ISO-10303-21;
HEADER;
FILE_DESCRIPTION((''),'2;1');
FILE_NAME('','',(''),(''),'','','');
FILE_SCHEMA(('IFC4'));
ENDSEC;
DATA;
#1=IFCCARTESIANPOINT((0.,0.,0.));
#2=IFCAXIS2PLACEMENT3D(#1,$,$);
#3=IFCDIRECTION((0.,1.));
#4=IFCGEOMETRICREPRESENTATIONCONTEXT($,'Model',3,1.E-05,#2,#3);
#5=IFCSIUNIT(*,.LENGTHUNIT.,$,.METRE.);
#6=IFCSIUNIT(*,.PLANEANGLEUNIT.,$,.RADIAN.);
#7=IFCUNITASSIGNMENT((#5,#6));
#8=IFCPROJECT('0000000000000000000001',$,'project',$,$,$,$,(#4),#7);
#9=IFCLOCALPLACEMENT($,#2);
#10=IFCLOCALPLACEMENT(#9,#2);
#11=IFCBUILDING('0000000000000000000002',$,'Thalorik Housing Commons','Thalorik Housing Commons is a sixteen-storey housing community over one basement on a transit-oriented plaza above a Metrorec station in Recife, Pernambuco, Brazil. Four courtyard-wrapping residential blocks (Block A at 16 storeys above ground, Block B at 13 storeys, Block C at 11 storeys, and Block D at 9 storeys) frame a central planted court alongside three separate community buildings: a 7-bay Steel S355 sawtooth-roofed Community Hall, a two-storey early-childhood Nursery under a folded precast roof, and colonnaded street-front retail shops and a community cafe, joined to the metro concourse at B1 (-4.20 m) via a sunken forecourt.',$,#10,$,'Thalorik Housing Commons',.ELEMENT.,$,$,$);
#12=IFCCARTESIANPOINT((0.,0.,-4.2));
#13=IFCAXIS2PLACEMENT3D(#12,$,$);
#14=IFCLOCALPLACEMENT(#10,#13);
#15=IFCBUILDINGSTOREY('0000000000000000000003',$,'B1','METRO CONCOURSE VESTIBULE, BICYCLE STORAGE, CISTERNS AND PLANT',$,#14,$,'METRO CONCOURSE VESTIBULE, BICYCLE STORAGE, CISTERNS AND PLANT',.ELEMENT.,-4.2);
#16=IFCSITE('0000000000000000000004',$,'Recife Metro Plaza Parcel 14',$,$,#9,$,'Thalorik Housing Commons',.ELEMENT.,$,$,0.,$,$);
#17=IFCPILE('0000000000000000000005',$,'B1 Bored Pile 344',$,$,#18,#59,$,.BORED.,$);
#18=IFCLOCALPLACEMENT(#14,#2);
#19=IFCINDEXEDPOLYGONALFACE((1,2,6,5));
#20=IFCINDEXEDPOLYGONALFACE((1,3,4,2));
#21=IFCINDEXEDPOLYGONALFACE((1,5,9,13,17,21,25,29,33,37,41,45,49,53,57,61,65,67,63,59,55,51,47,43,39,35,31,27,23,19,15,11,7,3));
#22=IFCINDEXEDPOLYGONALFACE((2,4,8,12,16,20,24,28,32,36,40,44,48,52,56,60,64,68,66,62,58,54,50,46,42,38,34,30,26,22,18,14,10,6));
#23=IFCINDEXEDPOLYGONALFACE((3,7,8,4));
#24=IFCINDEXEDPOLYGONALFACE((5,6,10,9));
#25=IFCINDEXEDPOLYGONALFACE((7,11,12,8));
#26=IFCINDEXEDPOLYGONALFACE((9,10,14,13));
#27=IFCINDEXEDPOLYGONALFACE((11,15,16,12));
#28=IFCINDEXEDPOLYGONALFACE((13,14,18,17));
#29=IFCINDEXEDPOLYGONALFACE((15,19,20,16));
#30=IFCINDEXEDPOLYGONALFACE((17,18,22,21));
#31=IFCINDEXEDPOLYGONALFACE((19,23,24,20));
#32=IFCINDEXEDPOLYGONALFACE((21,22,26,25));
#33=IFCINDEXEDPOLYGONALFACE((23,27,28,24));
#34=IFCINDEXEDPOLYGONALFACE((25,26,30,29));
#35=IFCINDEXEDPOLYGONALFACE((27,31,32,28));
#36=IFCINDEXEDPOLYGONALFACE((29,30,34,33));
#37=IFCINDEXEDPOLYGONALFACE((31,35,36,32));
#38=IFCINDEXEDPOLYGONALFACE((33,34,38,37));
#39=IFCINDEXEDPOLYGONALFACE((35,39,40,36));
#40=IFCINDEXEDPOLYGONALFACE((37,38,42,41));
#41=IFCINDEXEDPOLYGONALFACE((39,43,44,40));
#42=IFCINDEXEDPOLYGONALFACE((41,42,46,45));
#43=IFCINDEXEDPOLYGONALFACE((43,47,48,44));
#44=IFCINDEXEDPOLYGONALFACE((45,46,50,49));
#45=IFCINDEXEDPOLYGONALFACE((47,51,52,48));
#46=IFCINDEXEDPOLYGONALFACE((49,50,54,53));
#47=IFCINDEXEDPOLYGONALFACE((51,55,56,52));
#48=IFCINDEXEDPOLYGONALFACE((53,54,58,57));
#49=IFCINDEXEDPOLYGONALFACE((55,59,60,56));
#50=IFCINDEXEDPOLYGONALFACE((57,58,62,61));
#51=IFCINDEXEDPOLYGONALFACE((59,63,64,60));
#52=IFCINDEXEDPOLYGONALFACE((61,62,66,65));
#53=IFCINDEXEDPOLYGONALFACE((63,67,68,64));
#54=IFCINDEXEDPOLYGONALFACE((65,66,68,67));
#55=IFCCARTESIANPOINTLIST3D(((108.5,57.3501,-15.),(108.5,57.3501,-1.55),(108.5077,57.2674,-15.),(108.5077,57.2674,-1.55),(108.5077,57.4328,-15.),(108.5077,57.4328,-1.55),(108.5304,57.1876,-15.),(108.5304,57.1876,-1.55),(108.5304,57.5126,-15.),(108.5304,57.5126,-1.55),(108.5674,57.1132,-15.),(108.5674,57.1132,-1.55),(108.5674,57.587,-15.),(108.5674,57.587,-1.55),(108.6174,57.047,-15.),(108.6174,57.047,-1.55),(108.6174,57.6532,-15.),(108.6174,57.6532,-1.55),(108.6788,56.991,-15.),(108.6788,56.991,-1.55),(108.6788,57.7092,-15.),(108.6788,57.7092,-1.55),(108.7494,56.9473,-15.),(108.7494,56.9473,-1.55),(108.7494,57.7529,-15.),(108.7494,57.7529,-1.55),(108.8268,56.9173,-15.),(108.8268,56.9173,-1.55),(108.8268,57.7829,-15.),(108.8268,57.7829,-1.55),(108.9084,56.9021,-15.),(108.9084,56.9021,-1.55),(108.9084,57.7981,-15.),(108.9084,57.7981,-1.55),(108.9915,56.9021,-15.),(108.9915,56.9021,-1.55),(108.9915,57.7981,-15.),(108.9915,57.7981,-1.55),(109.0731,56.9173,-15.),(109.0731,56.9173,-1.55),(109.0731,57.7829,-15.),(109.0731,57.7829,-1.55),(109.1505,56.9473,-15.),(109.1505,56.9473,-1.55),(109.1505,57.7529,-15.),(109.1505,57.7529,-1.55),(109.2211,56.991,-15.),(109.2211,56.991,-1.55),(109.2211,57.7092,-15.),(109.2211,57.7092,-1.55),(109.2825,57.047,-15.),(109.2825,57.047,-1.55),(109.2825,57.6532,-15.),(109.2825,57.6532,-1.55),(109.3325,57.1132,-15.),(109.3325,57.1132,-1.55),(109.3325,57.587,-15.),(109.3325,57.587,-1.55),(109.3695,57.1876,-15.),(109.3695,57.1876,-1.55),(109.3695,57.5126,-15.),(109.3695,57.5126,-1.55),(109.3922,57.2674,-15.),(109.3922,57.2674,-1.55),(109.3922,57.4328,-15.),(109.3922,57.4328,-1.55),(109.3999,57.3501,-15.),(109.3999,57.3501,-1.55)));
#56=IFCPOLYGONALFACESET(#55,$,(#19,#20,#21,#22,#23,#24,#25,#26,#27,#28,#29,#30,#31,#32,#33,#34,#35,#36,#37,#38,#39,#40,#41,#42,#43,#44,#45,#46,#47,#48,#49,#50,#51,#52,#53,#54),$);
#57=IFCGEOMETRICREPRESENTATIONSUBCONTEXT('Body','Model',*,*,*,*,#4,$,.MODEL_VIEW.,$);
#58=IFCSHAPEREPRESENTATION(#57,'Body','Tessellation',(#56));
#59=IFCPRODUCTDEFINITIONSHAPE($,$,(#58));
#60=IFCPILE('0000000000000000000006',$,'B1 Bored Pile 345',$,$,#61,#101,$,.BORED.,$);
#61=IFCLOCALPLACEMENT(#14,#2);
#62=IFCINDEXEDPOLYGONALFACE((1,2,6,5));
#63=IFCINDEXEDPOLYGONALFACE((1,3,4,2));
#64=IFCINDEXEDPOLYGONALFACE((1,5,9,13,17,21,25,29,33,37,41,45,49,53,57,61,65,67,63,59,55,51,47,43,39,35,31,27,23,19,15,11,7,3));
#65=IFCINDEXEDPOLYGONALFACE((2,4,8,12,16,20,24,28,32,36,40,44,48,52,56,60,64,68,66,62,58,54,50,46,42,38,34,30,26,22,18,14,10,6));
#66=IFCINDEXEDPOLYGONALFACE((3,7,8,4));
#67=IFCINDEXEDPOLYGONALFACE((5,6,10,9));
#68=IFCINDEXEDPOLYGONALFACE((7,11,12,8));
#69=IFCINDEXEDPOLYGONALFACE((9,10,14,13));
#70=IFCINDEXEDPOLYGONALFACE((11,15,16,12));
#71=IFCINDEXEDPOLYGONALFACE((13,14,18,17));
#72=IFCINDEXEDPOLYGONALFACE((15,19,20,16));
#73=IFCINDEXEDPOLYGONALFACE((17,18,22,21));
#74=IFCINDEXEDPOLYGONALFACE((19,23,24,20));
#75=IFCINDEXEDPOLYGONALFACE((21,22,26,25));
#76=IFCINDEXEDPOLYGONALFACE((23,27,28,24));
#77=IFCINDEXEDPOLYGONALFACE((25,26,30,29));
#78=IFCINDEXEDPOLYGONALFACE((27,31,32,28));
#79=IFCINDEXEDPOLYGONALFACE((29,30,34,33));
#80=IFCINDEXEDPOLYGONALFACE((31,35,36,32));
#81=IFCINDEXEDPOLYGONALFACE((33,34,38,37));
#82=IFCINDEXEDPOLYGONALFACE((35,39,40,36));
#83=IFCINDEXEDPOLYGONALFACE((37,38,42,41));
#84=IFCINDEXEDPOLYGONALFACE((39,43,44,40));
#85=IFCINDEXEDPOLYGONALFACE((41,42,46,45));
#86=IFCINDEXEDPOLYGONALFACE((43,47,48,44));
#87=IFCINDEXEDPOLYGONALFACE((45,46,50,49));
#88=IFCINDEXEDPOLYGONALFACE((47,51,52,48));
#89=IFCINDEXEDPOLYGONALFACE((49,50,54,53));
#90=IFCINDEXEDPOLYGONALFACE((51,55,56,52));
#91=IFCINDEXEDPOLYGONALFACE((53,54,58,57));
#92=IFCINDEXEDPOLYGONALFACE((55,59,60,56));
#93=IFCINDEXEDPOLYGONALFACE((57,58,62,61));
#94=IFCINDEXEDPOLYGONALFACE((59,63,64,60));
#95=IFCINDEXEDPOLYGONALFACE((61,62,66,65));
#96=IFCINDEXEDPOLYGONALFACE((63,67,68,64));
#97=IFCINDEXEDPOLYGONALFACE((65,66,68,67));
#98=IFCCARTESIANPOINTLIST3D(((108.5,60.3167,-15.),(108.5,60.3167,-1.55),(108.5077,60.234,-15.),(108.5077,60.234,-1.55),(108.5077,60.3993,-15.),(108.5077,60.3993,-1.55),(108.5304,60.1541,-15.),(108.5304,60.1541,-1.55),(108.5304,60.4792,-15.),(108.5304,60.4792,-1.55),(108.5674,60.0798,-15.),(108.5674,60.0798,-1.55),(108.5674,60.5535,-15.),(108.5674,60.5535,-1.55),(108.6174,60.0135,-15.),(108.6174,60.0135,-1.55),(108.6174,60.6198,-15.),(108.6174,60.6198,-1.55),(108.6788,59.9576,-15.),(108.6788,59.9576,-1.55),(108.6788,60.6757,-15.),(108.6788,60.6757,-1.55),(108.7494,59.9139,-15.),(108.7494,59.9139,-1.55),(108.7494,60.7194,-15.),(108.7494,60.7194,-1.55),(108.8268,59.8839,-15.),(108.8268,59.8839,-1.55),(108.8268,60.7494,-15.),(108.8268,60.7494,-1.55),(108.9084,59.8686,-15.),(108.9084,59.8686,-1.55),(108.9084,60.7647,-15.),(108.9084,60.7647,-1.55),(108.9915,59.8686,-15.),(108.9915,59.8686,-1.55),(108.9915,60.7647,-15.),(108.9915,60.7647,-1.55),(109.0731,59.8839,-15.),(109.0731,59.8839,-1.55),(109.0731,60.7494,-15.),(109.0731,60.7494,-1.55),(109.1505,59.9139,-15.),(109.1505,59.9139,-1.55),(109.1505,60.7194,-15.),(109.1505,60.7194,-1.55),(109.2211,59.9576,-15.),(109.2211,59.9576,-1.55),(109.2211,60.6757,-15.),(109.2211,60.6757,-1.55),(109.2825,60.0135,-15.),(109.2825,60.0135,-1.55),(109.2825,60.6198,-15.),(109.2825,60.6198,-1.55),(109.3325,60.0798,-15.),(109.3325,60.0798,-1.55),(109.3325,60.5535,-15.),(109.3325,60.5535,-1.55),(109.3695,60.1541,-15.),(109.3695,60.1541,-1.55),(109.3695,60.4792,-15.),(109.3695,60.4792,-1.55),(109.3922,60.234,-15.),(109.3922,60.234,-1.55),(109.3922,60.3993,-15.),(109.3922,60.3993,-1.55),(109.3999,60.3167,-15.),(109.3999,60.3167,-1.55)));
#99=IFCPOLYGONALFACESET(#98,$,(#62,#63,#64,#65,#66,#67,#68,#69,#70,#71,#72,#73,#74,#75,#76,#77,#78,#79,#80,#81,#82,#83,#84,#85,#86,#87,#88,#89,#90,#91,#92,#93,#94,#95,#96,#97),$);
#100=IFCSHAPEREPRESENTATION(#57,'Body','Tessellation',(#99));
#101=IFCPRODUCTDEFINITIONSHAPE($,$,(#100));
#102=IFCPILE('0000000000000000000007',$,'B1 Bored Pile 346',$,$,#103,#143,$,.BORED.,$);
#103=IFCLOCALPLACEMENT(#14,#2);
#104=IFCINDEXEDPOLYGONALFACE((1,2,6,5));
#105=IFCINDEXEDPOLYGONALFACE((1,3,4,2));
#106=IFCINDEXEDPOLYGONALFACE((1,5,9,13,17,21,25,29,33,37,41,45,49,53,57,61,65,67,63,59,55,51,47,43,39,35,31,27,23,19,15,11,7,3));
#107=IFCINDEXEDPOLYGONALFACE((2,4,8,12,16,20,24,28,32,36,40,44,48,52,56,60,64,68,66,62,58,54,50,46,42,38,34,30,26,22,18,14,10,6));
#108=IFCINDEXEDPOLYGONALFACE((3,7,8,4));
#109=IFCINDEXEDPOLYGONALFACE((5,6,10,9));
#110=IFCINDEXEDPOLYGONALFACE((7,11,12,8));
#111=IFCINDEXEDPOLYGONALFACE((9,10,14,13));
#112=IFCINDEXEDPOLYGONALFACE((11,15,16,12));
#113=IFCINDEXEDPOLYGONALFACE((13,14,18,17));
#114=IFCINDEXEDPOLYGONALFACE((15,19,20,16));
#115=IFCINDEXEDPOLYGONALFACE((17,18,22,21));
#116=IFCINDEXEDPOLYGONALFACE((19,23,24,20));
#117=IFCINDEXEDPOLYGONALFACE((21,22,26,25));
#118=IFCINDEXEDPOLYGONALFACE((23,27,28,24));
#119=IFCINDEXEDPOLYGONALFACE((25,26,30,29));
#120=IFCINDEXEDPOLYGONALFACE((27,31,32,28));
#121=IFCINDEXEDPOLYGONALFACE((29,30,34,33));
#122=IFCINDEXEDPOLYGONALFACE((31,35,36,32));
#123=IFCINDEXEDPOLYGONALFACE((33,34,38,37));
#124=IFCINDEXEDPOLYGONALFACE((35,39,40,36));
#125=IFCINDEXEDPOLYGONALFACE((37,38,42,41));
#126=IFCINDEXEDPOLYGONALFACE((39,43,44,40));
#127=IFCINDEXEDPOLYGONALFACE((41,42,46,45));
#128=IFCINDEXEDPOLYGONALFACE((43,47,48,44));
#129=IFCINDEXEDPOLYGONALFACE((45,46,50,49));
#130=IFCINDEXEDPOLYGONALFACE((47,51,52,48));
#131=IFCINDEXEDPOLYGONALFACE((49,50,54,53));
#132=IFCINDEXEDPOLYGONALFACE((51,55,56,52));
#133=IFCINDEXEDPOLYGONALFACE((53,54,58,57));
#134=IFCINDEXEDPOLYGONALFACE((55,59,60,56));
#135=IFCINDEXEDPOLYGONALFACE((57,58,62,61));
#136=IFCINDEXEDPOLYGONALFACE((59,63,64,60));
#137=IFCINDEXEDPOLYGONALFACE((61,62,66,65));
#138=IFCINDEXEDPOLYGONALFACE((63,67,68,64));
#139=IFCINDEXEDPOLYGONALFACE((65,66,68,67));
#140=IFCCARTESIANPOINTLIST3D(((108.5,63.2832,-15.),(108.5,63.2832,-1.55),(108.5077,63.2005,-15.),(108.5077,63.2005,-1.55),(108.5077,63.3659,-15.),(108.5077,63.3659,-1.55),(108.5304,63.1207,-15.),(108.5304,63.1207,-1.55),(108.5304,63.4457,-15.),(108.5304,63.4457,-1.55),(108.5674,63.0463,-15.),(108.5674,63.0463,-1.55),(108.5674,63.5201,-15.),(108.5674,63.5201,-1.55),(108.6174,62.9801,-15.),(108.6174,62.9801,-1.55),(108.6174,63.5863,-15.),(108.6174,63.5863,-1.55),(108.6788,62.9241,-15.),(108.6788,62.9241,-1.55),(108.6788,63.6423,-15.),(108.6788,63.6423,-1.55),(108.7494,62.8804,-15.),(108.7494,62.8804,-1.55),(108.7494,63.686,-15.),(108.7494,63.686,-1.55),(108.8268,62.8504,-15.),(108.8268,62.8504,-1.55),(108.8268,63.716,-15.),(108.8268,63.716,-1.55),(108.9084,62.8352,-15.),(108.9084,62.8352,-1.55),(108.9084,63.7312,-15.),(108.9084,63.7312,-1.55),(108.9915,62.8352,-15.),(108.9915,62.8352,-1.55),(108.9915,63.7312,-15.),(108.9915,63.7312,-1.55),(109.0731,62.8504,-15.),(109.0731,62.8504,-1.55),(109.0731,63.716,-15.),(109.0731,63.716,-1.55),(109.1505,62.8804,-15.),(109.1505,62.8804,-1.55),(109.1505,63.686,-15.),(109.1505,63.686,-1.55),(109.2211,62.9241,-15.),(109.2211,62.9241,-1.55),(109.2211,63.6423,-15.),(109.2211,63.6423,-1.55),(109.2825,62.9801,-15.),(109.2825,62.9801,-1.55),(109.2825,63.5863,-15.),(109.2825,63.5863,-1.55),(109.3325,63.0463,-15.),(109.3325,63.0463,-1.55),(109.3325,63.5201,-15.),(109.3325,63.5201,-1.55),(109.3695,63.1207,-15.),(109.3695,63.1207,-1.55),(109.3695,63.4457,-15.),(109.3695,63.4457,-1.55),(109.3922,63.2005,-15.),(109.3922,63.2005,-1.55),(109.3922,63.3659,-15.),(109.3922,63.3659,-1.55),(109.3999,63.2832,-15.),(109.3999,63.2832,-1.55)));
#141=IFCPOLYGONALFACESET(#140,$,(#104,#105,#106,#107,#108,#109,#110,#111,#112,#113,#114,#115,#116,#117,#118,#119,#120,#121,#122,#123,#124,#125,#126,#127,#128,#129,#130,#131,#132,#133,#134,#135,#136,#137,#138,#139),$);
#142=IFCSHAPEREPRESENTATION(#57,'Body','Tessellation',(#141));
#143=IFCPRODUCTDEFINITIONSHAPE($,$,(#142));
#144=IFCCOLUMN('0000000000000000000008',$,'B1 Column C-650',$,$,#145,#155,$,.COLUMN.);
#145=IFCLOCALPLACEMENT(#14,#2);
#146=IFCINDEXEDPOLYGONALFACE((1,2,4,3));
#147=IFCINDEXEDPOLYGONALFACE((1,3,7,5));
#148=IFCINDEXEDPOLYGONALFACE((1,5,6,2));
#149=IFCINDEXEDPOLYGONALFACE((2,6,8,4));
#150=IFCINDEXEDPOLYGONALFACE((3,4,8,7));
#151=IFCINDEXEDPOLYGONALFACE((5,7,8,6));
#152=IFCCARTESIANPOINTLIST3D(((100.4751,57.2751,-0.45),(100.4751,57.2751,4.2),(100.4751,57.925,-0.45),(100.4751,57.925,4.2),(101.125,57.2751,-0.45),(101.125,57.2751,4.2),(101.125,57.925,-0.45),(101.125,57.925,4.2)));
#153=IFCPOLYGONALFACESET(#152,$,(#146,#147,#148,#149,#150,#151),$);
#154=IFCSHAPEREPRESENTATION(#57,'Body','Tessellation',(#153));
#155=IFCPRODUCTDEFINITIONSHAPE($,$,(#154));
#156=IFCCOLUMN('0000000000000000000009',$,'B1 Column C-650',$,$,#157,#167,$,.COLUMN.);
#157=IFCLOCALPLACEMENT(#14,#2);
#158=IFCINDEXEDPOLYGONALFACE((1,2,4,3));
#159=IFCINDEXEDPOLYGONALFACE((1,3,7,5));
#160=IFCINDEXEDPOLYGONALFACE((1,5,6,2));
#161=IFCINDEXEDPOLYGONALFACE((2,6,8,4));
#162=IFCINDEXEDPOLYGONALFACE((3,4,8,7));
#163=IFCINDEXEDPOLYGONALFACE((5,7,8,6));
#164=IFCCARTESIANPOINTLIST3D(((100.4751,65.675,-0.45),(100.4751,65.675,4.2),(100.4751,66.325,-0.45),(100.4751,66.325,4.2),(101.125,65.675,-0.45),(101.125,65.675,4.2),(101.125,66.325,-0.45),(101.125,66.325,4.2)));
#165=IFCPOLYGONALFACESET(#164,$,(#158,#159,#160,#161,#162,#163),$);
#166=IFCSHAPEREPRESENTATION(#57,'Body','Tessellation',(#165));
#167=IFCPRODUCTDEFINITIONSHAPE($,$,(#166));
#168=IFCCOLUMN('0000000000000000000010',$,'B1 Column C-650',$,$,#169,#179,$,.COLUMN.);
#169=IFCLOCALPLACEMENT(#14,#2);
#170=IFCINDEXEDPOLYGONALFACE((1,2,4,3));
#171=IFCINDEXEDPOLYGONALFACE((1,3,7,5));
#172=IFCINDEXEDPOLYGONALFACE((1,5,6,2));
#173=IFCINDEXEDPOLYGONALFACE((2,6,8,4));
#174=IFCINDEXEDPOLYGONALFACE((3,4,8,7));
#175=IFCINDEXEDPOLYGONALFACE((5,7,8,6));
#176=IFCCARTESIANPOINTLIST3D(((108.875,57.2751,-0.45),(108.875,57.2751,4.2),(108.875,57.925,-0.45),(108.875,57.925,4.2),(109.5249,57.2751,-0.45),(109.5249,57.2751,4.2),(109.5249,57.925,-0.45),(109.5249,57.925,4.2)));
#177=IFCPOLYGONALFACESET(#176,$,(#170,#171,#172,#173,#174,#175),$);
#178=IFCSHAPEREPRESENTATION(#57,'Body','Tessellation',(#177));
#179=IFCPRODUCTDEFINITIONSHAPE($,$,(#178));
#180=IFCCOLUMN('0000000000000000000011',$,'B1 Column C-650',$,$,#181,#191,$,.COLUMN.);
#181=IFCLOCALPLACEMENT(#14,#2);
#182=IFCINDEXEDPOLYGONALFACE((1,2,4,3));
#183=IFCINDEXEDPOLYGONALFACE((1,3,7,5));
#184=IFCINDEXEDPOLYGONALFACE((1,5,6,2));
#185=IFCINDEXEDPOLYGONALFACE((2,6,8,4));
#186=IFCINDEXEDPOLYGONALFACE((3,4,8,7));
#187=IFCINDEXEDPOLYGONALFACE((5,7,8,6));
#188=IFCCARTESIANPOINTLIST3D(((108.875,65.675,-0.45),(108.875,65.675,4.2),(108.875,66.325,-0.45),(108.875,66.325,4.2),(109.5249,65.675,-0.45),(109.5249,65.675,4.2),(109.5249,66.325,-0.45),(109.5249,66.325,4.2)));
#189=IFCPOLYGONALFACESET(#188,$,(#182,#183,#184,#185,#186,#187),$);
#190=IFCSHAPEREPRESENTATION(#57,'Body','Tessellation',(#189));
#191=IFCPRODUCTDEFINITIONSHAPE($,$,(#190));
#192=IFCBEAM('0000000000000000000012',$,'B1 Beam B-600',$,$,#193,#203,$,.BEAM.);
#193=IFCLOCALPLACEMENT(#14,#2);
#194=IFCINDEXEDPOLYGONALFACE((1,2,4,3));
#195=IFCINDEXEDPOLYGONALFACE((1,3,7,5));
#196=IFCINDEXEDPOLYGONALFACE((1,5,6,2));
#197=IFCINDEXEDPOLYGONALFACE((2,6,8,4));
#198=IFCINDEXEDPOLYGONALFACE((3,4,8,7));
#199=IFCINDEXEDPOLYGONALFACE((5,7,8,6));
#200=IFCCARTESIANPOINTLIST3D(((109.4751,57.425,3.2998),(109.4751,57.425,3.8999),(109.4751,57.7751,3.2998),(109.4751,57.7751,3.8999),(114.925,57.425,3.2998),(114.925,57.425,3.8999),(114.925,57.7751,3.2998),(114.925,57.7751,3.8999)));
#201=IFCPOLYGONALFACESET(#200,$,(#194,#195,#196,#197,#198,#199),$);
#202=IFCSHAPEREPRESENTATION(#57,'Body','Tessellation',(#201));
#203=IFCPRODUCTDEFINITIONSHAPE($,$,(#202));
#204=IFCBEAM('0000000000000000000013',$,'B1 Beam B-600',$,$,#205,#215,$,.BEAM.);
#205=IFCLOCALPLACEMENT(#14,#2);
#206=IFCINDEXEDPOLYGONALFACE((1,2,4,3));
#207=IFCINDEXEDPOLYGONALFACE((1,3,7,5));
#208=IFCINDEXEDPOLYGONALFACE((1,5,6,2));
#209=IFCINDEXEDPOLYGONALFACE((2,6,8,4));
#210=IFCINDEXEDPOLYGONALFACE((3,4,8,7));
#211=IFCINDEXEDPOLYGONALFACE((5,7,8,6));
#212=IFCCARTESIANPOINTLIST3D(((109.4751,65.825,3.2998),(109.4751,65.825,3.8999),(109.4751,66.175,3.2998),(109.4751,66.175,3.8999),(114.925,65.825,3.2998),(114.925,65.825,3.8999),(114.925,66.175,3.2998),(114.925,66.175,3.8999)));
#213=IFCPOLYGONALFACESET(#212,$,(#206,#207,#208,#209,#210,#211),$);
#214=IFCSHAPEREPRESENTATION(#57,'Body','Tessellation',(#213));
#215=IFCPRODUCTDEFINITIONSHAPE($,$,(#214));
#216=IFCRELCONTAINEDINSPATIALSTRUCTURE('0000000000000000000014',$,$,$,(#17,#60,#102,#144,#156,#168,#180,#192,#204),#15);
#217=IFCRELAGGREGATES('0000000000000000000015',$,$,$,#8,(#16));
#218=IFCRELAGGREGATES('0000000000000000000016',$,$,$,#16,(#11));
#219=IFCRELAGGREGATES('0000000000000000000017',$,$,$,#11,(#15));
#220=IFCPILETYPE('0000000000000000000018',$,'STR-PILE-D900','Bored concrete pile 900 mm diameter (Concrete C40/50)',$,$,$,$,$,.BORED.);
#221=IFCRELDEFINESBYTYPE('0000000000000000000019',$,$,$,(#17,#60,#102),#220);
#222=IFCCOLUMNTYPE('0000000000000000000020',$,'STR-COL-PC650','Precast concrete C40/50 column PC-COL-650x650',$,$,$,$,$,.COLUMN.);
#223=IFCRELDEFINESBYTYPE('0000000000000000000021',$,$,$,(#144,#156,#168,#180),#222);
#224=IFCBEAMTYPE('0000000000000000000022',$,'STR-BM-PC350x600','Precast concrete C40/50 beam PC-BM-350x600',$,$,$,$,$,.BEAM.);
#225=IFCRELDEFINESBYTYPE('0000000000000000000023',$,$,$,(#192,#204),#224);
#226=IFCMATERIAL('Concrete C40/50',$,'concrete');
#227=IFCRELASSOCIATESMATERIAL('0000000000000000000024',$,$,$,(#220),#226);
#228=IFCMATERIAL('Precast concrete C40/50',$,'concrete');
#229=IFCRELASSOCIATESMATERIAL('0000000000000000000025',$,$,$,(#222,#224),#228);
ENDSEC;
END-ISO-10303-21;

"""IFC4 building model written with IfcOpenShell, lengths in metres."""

from ifc_helpers import new_model, si_unit, direction, frame, origin, origin_2d, place, context, subcontext, project, spatial, rectangle, circle, extrude, material, material_profile, profile_set, type_object, element, save


model = new_model("IFC4")

# Units and contexts
model_context = context("Model", 3, precision=1e-05, world=origin(), true_north=direction((0.0, 1.0)))
body_context = subcontext(model_context, "Body", "Model", "MODEL_VIEW")
ifc_project = project(units=[si_unit("LENGTHUNIT", "METRE"), si_unit("PLANEANGLEUNIT", "RADIAN")], contexts=[model_context])

# Site, building, storey
site_placement = place(None, origin())
site = spatial("IfcSite", under=ifc_project, at=site_placement, Name="Recife Metro Plaza Parcel 14", LongName="Thalorik Housing Commons", CompositionType="ELEMENT", RefElevation=0.0)
building_placement = place(site_placement, origin())
building = spatial("IfcBuilding", under=site, at=building_placement, Name="Thalorik Housing Commons", Description="Thalorik Housing Commons is a sixteen-storey housing community over one basement on a transit-oriented plaza above a Metrorec station in Recife, Pernambuco, Brazil. Four courtyard-wrapping residential blocks (Block A at 16 storeys above ground, Block B at 13 storeys, Block C at 11 storeys, and Block D at 9 storeys) frame a central planted court alongside three separate community buildings: a 7-bay Steel S355 sawtooth-roofed Community Hall, a two-storey early-childhood Nursery under a folded precast roof, and colonnaded street-front retail shops and a community cafe, joined to the metro concourse at B1 (-4.20 m) via a sunken forecourt.", LongName="Thalorik Housing Commons", CompositionType="ELEMENT")
storey_placement = place(building_placement, frame((0.0, 0.0, -4.2)))
storey = spatial("IfcBuildingStorey", under=building, at=storey_placement, Name="B1", Description="METRO CONCOURSE VESTIBULE, BICYCLE STORAGE, CISTERNS AND PLANT", LongName="METRO CONCOURSE VESTIBULE, BICYCLE STORAGE, CISTERNS AND PLANT", CompositionType="ELEMENT", Elevation=-4.2)

# Shared definitions
ifc_material_1 = material(Name="Concrete C40/50", Category="concrete")

# Piles
ifc_material_profile_1 = material_profile(ifc_material_1, circle(Radius=0.45, at=origin_2d()), Name="BORED PILE D900", Category="concrete")
ifc_profile_set_1 = profile_set([ifc_material_profile_1], Name="Concrete C40/50")
pile_type_1 = type_object("IfcPileType", Name="STR-PILE-D900", Description="Bored concrete pile 900 mm diameter (Concrete C40/50)", PredefinedType="BORED", material=ifc_profile_set_1)
for number, where, z_axis, x_axis, name in (
    (1, (108.95, 57.3501, -1.55), (0.0, 0.0, -1.0), (1.0, 0.0, 0.0), "B1 Bored Pile 344"),
    (2, (108.95, 60.3167, -1.55), (0.0, 0.0, -1.0), (1.0, 0.0, 0.0), "B1 Bored Pile 345"),
    (3, (108.95, 63.2832, -1.55), (0.0, 0.0, -1.0), (1.0, 0.0, 0.0), "B1 Bored Pile 346"),
):
    element("IfcPile", number, at=place(storey_placement, frame(where, z_axis=z_axis, x_axis=x_axis)), inside=storey, type_object=pile_type_1, Name=name, PredefinedType="BORED", context=body_context, shape_type="SweptSolid", body=[
        extrude(circle(Radius=0.45, at=origin_2d()), origin(), (0.0, 0.0, 1.0), 13.45),
    ])

# Columns
ifc_material_2 = material(Name="Precast concrete C40/50", Category="concrete")
ifc_material_profile_2 = material_profile(ifc_material_2, rectangle(XDim=0.6499, YDim=0.6499, at=origin_2d()), Name="PC 650x650", Category="concrete")
ifc_profile_set_2 = profile_set([ifc_material_profile_2], Name="Precast concrete C40/50")
column_type = type_object("IfcColumnType", Name="STR-COL-PC650", Description="Precast concrete C40/50 column PC-COL-650x650", PredefinedType="COLUMN", material=ifc_profile_set_2)
for number, where, z_axis, x_axis, name in (
    (4, (100.8, 57.6001, -0.45), (0.0, 0.0, 1.0), (1.0, 0.0, 0.0), "B1 Column C-650"),
    (5, (100.8, 66.0, -0.45), (0.0, 0.0, 1.0), (1.0, 0.0, 0.0), "B1 Column C-650"),
    (6, (109.2, 57.6001, -0.45), (0.0, 0.0, 1.0), (1.0, 0.0, 0.0), "B1 Column C-650"),
    (7, (109.2, 66.0, -0.45), (0.0, 0.0, 1.0), (1.0, 0.0, 0.0), "B1 Column C-650"),
):
    element("IfcColumn", number, at=place(storey_placement, frame(where, z_axis=z_axis, x_axis=x_axis)), inside=storey, type_object=column_type, Name=name, PredefinedType="COLUMN", context=body_context, shape_type="SweptSolid", body=[
        extrude(rectangle(XDim=0.6499, YDim=0.6499, at=origin_2d()), origin(), (0.0, 0.0, 1.0), 4.6499),
    ])

# Beams
ifc_material_profile_3 = material_profile(ifc_material_2, rectangle(XDim=0.3501, YDim=0.6001, at=origin_2d()), Name="PC 350x600", Category="concrete")
ifc_profile_set_3 = profile_set([ifc_material_profile_3], Name="Precast concrete C40/50")
beam_type_1 = type_object("IfcBeamType", Name="STR-BM-PC350x600", Description="Precast concrete C40/50 beam PC-BM-350x600", PredefinedType="BEAM", material=ifc_profile_set_3)
for number, where, z_axis, x_axis, name in (
    (8, (109.4751, 57.6001, 3.5999), (1.0, 0.0, 0.0), (0.0, 1.0, 0.0), "B1 Beam B-600"),
    (9, (109.4751, 66.0, 3.5999), (1.0, 0.0, 0.0), (0.0, 1.0, 0.0), "B1 Beam B-600"),
):
    element("IfcBeam", number, at=place(storey_placement, frame(where, z_axis=z_axis, x_axis=x_axis)), inside=storey, type_object=beam_type_1, Name=name, PredefinedType="BEAM", context=body_context, shape_type="SweptSolid", body=[
        extrude(rectangle(XDim=0.3501, YDim=0.6001, at=origin_2d()), origin(), (0.0, 0.0, 1.0), 5.45),
    ])

save(model, "model.ifc")
